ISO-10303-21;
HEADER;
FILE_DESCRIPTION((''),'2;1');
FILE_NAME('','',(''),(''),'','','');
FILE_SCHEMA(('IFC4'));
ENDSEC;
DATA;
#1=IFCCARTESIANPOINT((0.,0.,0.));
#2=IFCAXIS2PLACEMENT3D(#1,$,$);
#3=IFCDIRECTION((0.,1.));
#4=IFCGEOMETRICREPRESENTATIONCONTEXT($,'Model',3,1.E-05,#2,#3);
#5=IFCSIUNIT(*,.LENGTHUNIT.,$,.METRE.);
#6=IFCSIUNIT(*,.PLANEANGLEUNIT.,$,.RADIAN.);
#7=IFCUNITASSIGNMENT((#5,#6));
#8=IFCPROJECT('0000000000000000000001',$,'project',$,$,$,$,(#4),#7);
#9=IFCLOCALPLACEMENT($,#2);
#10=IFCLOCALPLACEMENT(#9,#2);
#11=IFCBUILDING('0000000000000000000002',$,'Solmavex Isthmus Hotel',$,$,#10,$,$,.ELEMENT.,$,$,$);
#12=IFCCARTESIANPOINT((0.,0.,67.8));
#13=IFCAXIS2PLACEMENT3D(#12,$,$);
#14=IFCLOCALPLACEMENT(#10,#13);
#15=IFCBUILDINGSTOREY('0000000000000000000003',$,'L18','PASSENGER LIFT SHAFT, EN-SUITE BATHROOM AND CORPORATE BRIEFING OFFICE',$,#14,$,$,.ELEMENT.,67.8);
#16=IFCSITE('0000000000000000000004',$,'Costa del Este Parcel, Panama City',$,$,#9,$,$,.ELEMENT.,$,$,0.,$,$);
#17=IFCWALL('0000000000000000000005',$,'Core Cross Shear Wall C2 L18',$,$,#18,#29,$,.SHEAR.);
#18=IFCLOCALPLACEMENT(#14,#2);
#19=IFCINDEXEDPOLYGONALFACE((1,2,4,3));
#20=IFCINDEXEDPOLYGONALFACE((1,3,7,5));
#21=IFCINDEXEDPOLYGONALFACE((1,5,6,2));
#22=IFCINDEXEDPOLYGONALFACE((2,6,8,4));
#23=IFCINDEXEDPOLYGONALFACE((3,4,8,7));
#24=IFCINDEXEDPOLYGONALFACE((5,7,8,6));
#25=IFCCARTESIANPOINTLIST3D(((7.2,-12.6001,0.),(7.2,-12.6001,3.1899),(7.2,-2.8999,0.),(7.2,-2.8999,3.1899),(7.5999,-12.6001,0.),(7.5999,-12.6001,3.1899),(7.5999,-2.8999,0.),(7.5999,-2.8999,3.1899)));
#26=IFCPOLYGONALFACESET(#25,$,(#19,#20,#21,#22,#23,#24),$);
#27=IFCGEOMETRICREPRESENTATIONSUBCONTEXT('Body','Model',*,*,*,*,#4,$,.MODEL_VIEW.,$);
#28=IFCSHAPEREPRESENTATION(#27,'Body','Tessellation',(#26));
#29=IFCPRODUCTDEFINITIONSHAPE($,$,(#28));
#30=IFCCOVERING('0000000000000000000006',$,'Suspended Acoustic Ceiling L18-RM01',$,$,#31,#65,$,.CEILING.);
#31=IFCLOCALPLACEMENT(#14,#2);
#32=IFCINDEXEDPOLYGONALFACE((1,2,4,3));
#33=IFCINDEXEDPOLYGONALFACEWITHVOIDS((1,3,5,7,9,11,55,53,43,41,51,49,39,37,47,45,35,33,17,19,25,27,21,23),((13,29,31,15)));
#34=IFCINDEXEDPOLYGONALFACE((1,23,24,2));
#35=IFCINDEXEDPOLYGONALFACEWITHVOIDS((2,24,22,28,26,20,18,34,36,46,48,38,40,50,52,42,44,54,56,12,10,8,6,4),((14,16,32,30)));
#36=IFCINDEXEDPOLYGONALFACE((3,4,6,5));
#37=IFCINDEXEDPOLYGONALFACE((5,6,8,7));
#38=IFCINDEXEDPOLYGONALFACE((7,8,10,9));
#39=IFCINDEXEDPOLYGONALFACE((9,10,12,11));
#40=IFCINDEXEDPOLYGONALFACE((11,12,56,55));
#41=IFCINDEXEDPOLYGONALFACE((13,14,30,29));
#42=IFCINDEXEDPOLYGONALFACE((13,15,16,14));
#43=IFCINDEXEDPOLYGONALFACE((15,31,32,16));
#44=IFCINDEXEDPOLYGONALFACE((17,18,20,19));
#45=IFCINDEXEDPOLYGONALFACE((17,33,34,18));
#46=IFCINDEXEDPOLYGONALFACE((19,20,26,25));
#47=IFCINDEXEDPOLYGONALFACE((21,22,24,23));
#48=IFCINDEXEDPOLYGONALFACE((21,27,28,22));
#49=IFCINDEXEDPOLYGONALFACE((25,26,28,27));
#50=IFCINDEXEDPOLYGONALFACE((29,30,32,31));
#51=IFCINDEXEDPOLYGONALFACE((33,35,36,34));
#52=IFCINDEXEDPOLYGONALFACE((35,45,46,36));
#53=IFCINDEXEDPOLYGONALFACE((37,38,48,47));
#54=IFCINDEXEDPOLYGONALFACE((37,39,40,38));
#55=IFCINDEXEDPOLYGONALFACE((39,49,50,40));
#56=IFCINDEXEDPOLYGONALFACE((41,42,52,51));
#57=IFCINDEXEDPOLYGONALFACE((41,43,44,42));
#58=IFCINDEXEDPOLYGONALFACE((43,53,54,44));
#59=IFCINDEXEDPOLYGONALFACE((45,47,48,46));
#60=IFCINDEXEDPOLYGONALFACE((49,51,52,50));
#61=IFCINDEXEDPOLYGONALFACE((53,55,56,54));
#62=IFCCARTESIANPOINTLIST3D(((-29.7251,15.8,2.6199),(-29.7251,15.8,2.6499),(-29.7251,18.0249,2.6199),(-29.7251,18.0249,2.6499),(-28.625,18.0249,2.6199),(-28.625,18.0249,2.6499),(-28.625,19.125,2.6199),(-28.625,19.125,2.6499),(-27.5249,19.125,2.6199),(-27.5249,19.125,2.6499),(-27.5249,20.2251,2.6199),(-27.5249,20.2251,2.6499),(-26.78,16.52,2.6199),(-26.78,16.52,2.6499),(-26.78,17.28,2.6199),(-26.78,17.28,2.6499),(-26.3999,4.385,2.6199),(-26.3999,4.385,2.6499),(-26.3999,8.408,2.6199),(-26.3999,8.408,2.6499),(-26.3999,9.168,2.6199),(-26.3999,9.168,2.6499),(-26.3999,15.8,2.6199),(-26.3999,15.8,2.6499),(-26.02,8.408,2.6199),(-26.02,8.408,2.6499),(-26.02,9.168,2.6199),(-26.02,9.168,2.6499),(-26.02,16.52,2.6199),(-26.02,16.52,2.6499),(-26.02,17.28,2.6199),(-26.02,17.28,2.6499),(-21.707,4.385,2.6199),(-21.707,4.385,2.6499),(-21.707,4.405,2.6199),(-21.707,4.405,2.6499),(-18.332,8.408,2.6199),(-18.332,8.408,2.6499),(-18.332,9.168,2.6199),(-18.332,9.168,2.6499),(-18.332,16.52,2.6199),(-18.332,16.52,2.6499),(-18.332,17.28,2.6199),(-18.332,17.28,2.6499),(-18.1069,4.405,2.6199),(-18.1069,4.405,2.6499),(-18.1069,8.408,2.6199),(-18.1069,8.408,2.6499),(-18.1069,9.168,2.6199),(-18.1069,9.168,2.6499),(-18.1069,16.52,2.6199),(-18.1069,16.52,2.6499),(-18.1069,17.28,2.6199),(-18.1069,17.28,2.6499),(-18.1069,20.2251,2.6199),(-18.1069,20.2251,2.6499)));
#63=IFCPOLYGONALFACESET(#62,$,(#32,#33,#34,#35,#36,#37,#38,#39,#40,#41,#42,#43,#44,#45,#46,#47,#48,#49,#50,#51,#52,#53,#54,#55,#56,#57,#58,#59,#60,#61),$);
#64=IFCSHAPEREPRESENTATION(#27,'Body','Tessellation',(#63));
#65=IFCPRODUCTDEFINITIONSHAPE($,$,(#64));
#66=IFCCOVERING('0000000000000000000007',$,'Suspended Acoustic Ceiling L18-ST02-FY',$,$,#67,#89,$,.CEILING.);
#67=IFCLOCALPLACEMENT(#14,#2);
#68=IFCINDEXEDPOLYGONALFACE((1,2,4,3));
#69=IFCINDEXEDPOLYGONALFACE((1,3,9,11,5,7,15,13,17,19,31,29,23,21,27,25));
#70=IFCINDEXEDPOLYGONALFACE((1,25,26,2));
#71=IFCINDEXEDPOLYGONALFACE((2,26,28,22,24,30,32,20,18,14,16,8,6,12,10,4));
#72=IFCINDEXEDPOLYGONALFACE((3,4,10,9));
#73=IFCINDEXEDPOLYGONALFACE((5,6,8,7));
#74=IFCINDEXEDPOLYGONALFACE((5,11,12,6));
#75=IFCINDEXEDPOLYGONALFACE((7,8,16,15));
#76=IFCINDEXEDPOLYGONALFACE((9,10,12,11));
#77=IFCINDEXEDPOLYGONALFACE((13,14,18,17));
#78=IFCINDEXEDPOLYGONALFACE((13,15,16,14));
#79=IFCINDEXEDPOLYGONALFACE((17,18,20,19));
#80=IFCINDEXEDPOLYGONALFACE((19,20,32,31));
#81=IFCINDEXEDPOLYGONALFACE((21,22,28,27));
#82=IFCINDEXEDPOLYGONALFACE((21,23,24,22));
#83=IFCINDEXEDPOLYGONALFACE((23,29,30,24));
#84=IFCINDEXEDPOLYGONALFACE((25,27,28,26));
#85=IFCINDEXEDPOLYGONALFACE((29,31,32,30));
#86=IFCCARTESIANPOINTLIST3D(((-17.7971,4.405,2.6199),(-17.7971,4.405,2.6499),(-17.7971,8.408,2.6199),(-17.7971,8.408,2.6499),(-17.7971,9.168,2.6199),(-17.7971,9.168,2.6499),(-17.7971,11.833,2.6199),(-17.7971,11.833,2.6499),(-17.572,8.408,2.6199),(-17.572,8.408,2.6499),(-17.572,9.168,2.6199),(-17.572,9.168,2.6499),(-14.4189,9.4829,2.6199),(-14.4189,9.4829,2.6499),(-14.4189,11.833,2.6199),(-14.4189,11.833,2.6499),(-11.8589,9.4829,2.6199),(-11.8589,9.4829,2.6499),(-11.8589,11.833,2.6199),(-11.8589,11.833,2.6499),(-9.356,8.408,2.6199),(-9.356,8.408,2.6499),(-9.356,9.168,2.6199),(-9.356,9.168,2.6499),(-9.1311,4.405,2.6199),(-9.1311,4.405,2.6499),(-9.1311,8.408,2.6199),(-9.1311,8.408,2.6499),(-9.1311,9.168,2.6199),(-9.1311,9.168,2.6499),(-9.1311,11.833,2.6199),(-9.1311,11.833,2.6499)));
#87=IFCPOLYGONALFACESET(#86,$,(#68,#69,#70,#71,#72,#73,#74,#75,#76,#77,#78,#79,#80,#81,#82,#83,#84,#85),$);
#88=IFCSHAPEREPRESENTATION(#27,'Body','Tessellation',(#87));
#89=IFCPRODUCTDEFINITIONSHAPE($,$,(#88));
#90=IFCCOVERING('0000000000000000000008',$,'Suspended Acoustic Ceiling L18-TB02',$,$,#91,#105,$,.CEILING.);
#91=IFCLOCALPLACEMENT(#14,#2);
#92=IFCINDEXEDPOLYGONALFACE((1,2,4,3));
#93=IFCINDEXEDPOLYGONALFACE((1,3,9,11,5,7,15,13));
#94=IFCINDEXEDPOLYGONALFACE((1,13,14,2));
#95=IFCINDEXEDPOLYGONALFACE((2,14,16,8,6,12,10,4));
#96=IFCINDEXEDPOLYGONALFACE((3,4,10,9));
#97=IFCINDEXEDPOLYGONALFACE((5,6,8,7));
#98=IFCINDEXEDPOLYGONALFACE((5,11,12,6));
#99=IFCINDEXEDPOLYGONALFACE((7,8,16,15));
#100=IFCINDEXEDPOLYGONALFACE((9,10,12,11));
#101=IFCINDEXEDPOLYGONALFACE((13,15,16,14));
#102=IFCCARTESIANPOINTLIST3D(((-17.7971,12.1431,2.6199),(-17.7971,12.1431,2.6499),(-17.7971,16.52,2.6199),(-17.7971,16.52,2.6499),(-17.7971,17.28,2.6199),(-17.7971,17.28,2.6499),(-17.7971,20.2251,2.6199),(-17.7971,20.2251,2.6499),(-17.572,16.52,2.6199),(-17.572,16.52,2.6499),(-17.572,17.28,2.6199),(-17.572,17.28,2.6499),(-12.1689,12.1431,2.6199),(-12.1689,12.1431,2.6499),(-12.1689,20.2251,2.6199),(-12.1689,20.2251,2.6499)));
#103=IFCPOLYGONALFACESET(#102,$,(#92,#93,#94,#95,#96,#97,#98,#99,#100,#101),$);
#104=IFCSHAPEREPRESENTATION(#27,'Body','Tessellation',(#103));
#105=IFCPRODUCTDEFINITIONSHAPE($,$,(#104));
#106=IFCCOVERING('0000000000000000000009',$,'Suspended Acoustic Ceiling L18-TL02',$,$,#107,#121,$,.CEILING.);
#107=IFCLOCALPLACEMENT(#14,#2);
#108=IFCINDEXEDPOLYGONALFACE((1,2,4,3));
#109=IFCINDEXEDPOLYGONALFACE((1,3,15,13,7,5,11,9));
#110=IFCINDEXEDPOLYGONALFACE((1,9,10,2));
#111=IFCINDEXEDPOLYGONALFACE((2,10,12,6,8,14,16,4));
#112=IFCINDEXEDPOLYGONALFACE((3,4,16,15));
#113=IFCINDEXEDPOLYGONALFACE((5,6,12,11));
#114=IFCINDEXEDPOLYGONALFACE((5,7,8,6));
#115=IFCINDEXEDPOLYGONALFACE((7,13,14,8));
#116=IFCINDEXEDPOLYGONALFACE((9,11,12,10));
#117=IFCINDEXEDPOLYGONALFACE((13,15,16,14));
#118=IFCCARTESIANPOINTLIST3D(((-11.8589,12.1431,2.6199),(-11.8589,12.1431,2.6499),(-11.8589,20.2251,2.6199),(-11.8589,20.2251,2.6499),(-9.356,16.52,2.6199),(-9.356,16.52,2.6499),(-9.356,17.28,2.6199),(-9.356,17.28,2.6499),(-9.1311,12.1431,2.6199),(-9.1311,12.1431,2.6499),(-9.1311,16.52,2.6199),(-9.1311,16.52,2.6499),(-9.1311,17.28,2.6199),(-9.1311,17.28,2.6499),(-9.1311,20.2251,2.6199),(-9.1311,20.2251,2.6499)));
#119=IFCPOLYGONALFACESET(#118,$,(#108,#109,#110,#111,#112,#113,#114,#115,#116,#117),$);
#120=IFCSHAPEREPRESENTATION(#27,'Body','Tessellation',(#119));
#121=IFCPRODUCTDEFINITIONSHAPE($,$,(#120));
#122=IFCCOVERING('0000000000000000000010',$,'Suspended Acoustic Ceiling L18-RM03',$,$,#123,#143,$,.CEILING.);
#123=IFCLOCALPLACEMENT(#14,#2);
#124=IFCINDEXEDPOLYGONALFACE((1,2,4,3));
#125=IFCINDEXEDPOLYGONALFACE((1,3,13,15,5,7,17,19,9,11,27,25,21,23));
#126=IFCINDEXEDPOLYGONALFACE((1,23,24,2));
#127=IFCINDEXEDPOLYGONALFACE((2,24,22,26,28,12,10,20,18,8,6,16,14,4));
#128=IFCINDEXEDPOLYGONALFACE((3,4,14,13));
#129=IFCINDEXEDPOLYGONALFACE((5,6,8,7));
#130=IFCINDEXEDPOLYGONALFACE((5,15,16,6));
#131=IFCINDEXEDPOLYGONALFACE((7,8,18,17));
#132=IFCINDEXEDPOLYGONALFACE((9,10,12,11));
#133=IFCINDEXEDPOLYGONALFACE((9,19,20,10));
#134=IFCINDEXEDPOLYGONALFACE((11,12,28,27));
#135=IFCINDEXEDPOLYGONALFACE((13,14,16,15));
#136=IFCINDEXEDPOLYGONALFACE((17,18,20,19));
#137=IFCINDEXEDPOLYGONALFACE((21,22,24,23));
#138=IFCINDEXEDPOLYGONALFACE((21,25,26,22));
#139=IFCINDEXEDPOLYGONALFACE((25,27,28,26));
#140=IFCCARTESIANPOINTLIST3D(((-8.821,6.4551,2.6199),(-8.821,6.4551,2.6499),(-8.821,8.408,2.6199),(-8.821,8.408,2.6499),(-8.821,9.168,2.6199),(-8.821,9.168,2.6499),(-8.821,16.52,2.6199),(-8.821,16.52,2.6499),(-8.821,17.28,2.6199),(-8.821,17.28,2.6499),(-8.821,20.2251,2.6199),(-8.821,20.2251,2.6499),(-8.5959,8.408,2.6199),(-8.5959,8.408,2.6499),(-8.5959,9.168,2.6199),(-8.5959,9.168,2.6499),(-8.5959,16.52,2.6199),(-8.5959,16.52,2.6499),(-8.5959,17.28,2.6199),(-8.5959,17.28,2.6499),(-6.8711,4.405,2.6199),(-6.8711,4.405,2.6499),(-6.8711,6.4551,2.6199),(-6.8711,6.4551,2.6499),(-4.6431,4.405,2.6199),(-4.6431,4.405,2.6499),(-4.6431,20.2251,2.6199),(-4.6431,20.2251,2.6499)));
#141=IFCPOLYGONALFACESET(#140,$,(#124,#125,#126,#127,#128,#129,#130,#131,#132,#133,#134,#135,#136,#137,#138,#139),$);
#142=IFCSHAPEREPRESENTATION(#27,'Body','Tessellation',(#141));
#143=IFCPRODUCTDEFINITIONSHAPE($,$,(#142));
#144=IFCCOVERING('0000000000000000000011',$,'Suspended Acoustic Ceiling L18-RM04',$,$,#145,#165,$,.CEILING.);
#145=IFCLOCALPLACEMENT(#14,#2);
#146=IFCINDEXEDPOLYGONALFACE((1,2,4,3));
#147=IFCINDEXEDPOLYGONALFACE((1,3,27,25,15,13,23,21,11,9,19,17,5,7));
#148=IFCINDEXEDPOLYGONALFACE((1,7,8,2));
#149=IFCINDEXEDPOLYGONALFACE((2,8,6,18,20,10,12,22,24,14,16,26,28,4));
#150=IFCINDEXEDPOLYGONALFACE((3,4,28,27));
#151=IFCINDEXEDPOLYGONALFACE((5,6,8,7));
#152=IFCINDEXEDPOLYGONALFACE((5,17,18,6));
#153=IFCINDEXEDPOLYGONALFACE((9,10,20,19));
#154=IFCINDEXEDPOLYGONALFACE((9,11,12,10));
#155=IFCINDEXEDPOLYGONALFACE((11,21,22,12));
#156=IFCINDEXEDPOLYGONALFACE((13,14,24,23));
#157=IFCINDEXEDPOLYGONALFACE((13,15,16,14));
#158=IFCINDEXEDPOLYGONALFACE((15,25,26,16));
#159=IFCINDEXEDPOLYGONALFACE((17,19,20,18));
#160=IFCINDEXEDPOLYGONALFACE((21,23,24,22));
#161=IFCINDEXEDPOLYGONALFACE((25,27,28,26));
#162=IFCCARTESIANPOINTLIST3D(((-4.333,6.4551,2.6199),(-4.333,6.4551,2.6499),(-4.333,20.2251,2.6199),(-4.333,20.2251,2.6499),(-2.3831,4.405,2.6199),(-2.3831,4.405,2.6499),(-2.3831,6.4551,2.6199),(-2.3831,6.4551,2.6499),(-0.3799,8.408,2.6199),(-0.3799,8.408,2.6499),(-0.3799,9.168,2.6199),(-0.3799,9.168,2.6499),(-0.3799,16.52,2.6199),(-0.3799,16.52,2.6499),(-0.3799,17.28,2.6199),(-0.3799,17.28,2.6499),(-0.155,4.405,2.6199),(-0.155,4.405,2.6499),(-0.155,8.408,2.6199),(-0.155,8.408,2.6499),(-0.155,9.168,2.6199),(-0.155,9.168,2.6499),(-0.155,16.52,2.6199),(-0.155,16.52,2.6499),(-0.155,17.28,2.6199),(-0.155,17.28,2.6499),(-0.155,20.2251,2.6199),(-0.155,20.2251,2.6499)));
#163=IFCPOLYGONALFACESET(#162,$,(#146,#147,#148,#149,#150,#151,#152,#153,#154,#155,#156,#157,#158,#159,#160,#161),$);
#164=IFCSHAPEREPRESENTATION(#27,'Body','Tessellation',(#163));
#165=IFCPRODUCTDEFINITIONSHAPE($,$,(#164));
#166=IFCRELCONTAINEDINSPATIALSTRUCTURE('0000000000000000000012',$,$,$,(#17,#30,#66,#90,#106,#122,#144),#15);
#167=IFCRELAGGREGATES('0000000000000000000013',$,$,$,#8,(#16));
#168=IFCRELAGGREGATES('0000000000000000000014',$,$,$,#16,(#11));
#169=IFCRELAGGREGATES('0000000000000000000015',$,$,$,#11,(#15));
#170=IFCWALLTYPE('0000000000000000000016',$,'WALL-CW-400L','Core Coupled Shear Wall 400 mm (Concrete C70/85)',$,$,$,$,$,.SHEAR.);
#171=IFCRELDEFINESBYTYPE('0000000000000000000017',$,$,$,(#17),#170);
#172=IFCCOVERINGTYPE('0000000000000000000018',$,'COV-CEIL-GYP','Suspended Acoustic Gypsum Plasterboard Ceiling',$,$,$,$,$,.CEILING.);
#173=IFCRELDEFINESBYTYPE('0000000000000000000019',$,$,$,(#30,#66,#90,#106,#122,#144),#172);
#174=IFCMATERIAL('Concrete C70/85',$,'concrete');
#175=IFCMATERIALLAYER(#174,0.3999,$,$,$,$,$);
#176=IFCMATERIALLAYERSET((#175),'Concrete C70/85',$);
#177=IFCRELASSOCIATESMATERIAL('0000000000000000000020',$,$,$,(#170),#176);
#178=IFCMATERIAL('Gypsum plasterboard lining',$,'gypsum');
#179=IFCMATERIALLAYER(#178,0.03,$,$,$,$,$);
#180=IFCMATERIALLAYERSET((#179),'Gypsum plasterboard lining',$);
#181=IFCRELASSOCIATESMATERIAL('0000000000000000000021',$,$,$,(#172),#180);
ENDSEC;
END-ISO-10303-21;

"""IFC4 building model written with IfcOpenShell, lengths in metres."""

from ifc_helpers import new_model, si_unit, direction, frame, frame_2d, origin, place, context, subcontext, project, spatial, polyline, rectangle, outline, extrude, material, layer, layer_set, type_object, element, save


model = new_model("IFC4")

# Units and contexts
model_context = context("Model", 3, precision=1e-05, world=origin(), true_north=direction((0.0, 1.0)))
body_context = subcontext(model_context, "Body", "Model", "MODEL_VIEW")
ifc_project = project(units=[si_unit("LENGTHUNIT", "METRE"), si_unit("PLANEANGLEUNIT", "RADIAN")], contexts=[model_context])

# Site, building, storey
site_placement = place(None, origin())
site = spatial("IfcSite", under=ifc_project, at=site_placement, Name="Costa del Este Parcel, Panama City", CompositionType="ELEMENT", RefElevation=0.0)
building_placement = place(site_placement, origin())
building = spatial("IfcBuilding", under=site, at=building_placement, Name="Solmavex Isthmus Hotel", CompositionType="ELEMENT")
storey_placement = place(building_placement, frame((0.0, 0.0, 67.8)))
storey = spatial("IfcBuildingStorey", under=building, at=storey_placement, Name="L18", Description="PASSENGER LIFT SHAFT, EN-SUITE BATHROOM AND CORPORATE BRIEFING OFFICE", CompositionType="ELEMENT", Elevation=67.8)

# Shared definitions
ifc_material_1 = material(Name="Concrete C70/85", Category="concrete")

# Shared definitions
ifc_material_2 = material(Name="Gypsum plasterboard lining", Category="gypsum")

# Wall
ifc_layer_1 = layer(ifc_material_1, 0.3999)
ifc_layer_set_1 = layer_set([ifc_layer_1], Name="Concrete C70/85")
wall_type_1 = type_object("IfcWallType", Name="WALL-CW-400L", Description="Core Coupled Shear Wall 400 mm (Concrete C70/85)", PredefinedType="SHEAR", material=ifc_layer_set_1)
wall_1_placement = place(storey_placement, frame((7.3999, -12.6001, 0.0), z_axis=(0.0, 0.0, 1.0), x_axis=(0.0, 1.0, 0.0)))
element("IfcWall", 1, at=wall_1_placement, inside=storey, type_object=wall_type_1, Name="Core Cross Shear Wall C2 L18", PredefinedType="SHEAR", context=body_context, shape_type="SweptSolid", body=[
    extrude(rectangle(XDim=9.7002, YDim=0.3999, at=frame_2d((4.8501, 0.0))), origin(), (0.0, 0.0, 1.0), 3.1899),
])

# Coverings
ifc_layer_2 = layer(ifc_material_2, 0.03)
ifc_layer_set_2 = layer_set([ifc_layer_2], Name="Gypsum plasterboard lining")
covering_type_1 = type_object("IfcCoveringType", Name="COV-CEIL-GYP", Description="Suspended Acoustic Gypsum Plasterboard Ceiling", PredefinedType="CEILING", material=ifc_layer_set_2)
covering_1_placement = place(storey_placement, frame((0.0, 0.0, 2.6199)))
element("IfcCovering", 2, at=covering_1_placement, inside=storey, type_object=covering_type_1, Name="Suspended Acoustic Ceiling L18-RM01", PredefinedType="CEILING", context=body_context, shape_type="SweptSolid", body=[
    extrude(outline(polyline([(-21.707, 4.385), (-21.707, 4.405), (-18.1069, 4.405), (-18.1069, 8.408), (-18.332, 8.408), (-18.332, 9.168), (-18.1069, 9.168), (-18.1069, 16.52), (-18.332, 16.52), (-18.332, 17.28), (-18.1069, 17.28), (-18.1069, 20.2251), (-27.5249, 20.2251), (-27.5249, 19.125), (-28.625, 19.125), (-28.625, 18.0249), (-29.7251, 18.0249), (-29.7251, 15.8), (-26.3999, 15.8), (-26.3999, 9.168), (-26.02, 9.168), (-26.02, 8.408), (-26.3999, 8.408), (-26.3999, 4.385), (-21.707, 4.385)]), holes=[polyline([(-26.78, 17.28), (-26.02, 17.28), (-26.02, 16.52), (-26.78, 16.52), (-26.78, 17.28)])]), origin(), (0.0, 0.0, 1.0), 0.03),
])
covering_2_placement = place(storey_placement, frame((0.0, 0.0, 2.6199)))
element("IfcCovering", 3, at=covering_2_placement, inside=storey, type_object=covering_type_1, Name="Suspended Acoustic Ceiling L18-ST02-FY", PredefinedType="CEILING", context=body_context, shape_type="SweptSolid", body=[
    extrude(outline(polyline([(-17.7971, 9.168), (-17.572, 9.168), (-17.572, 8.408), (-17.7971, 8.408), (-17.7971, 4.405), (-9.1311, 4.405), (-9.1311, 8.408), (-9.356, 8.408), (-9.356, 9.168), (-9.1311, 9.168), (-9.1311, 11.833), (-11.8589, 11.833), (-11.8589, 9.4829), (-14.4189, 9.4829), (-14.4189, 11.833), (-17.7971, 11.833), (-17.7971, 9.168)])), origin(), (0.0, 0.0, 1.0), 0.03),
])
covering_3_placement = place(storey_placement, frame((0.0, 0.0, 2.6199)))
element("IfcCovering", 4, at=covering_3_placement, inside=storey, type_object=covering_type_1, Name="Suspended Acoustic Ceiling L18-TB02", PredefinedType="CEILING", context=body_context, shape_type="SweptSolid", body=[
    extrude(outline(polyline([(-17.7971, 17.28), (-17.572, 17.28), (-17.572, 16.52), (-17.7971, 16.52), (-17.7971, 12.1431), (-12.1689, 12.1431), (-12.1689, 20.2251), (-17.7971, 20.2251), (-17.7971, 17.28)])), origin(), (0.0, 0.0, 1.0), 0.03),
])
covering_4_placement = place(storey_placement, frame((0.0, 0.0, 2.6199)))
element("IfcCovering", 5, at=covering_4_placement, inside=storey, type_object=covering_type_1, Name="Suspended Acoustic Ceiling L18-TL02", PredefinedType="CEILING", context=body_context, shape_type="SweptSolid", body=[
    extrude(outline(polyline([(-9.1311, 16.52), (-9.356, 16.52), (-9.356, 17.28), (-9.1311, 17.28), (-9.1311, 20.2251), (-11.8589, 20.2251), (-11.8589, 12.1431), (-9.1311, 12.1431), (-9.1311, 16.52)])), origin(), (0.0, 0.0, 1.0), 0.03),
])
covering_5_placement = place(storey_placement, frame((0.0, 0.0, 2.6199)))
element("IfcCovering", 6, at=covering_5_placement, inside=storey, type_object=covering_type_1, Name="Suspended Acoustic Ceiling L18-RM03", PredefinedType="CEILING", context=body_context, shape_type="SweptSolid", body=[
    extrude(outline(polyline([(-8.821, 9.168), (-8.5959, 9.168), (-8.5959, 8.408), (-8.821, 8.408), (-8.821, 6.4551), (-6.8711, 6.4551), (-6.8711, 4.405), (-4.6431, 4.405), (-4.6431, 20.2251), (-8.821, 20.2251), (-8.821, 17.28), (-8.5959, 17.28), (-8.5959, 16.52), (-8.821, 16.52), (-8.821, 9.168)])), origin(), (0.0, 0.0, 1.0), 0.03),
])
covering_6_placement = place(storey_placement, frame((0.0, 0.0, 2.6199)))
element("IfcCovering", 7, at=covering_6_placement, inside=storey, type_object=covering_type_1, Name="Suspended Acoustic Ceiling L18-RM04", PredefinedType="CEILING", context=body_context, shape_type="SweptSolid", body=[
    extrude(outline(polyline([(-0.155, 16.52), (-0.3799, 16.52), (-0.3799, 17.28), (-0.155, 17.28), (-0.155, 20.2251), (-4.333, 20.2251), (-4.333, 6.4551), (-2.3831, 6.4551), (-2.3831, 4.405), (-0.155, 4.405), (-0.155, 8.408), (-0.3799, 8.408), (-0.3799, 9.168), (-0.155, 9.168), (-0.155, 16.52)])), origin(), (0.0, 0.0, 1.0), 0.03),
])

save(model, "model.ifc")
